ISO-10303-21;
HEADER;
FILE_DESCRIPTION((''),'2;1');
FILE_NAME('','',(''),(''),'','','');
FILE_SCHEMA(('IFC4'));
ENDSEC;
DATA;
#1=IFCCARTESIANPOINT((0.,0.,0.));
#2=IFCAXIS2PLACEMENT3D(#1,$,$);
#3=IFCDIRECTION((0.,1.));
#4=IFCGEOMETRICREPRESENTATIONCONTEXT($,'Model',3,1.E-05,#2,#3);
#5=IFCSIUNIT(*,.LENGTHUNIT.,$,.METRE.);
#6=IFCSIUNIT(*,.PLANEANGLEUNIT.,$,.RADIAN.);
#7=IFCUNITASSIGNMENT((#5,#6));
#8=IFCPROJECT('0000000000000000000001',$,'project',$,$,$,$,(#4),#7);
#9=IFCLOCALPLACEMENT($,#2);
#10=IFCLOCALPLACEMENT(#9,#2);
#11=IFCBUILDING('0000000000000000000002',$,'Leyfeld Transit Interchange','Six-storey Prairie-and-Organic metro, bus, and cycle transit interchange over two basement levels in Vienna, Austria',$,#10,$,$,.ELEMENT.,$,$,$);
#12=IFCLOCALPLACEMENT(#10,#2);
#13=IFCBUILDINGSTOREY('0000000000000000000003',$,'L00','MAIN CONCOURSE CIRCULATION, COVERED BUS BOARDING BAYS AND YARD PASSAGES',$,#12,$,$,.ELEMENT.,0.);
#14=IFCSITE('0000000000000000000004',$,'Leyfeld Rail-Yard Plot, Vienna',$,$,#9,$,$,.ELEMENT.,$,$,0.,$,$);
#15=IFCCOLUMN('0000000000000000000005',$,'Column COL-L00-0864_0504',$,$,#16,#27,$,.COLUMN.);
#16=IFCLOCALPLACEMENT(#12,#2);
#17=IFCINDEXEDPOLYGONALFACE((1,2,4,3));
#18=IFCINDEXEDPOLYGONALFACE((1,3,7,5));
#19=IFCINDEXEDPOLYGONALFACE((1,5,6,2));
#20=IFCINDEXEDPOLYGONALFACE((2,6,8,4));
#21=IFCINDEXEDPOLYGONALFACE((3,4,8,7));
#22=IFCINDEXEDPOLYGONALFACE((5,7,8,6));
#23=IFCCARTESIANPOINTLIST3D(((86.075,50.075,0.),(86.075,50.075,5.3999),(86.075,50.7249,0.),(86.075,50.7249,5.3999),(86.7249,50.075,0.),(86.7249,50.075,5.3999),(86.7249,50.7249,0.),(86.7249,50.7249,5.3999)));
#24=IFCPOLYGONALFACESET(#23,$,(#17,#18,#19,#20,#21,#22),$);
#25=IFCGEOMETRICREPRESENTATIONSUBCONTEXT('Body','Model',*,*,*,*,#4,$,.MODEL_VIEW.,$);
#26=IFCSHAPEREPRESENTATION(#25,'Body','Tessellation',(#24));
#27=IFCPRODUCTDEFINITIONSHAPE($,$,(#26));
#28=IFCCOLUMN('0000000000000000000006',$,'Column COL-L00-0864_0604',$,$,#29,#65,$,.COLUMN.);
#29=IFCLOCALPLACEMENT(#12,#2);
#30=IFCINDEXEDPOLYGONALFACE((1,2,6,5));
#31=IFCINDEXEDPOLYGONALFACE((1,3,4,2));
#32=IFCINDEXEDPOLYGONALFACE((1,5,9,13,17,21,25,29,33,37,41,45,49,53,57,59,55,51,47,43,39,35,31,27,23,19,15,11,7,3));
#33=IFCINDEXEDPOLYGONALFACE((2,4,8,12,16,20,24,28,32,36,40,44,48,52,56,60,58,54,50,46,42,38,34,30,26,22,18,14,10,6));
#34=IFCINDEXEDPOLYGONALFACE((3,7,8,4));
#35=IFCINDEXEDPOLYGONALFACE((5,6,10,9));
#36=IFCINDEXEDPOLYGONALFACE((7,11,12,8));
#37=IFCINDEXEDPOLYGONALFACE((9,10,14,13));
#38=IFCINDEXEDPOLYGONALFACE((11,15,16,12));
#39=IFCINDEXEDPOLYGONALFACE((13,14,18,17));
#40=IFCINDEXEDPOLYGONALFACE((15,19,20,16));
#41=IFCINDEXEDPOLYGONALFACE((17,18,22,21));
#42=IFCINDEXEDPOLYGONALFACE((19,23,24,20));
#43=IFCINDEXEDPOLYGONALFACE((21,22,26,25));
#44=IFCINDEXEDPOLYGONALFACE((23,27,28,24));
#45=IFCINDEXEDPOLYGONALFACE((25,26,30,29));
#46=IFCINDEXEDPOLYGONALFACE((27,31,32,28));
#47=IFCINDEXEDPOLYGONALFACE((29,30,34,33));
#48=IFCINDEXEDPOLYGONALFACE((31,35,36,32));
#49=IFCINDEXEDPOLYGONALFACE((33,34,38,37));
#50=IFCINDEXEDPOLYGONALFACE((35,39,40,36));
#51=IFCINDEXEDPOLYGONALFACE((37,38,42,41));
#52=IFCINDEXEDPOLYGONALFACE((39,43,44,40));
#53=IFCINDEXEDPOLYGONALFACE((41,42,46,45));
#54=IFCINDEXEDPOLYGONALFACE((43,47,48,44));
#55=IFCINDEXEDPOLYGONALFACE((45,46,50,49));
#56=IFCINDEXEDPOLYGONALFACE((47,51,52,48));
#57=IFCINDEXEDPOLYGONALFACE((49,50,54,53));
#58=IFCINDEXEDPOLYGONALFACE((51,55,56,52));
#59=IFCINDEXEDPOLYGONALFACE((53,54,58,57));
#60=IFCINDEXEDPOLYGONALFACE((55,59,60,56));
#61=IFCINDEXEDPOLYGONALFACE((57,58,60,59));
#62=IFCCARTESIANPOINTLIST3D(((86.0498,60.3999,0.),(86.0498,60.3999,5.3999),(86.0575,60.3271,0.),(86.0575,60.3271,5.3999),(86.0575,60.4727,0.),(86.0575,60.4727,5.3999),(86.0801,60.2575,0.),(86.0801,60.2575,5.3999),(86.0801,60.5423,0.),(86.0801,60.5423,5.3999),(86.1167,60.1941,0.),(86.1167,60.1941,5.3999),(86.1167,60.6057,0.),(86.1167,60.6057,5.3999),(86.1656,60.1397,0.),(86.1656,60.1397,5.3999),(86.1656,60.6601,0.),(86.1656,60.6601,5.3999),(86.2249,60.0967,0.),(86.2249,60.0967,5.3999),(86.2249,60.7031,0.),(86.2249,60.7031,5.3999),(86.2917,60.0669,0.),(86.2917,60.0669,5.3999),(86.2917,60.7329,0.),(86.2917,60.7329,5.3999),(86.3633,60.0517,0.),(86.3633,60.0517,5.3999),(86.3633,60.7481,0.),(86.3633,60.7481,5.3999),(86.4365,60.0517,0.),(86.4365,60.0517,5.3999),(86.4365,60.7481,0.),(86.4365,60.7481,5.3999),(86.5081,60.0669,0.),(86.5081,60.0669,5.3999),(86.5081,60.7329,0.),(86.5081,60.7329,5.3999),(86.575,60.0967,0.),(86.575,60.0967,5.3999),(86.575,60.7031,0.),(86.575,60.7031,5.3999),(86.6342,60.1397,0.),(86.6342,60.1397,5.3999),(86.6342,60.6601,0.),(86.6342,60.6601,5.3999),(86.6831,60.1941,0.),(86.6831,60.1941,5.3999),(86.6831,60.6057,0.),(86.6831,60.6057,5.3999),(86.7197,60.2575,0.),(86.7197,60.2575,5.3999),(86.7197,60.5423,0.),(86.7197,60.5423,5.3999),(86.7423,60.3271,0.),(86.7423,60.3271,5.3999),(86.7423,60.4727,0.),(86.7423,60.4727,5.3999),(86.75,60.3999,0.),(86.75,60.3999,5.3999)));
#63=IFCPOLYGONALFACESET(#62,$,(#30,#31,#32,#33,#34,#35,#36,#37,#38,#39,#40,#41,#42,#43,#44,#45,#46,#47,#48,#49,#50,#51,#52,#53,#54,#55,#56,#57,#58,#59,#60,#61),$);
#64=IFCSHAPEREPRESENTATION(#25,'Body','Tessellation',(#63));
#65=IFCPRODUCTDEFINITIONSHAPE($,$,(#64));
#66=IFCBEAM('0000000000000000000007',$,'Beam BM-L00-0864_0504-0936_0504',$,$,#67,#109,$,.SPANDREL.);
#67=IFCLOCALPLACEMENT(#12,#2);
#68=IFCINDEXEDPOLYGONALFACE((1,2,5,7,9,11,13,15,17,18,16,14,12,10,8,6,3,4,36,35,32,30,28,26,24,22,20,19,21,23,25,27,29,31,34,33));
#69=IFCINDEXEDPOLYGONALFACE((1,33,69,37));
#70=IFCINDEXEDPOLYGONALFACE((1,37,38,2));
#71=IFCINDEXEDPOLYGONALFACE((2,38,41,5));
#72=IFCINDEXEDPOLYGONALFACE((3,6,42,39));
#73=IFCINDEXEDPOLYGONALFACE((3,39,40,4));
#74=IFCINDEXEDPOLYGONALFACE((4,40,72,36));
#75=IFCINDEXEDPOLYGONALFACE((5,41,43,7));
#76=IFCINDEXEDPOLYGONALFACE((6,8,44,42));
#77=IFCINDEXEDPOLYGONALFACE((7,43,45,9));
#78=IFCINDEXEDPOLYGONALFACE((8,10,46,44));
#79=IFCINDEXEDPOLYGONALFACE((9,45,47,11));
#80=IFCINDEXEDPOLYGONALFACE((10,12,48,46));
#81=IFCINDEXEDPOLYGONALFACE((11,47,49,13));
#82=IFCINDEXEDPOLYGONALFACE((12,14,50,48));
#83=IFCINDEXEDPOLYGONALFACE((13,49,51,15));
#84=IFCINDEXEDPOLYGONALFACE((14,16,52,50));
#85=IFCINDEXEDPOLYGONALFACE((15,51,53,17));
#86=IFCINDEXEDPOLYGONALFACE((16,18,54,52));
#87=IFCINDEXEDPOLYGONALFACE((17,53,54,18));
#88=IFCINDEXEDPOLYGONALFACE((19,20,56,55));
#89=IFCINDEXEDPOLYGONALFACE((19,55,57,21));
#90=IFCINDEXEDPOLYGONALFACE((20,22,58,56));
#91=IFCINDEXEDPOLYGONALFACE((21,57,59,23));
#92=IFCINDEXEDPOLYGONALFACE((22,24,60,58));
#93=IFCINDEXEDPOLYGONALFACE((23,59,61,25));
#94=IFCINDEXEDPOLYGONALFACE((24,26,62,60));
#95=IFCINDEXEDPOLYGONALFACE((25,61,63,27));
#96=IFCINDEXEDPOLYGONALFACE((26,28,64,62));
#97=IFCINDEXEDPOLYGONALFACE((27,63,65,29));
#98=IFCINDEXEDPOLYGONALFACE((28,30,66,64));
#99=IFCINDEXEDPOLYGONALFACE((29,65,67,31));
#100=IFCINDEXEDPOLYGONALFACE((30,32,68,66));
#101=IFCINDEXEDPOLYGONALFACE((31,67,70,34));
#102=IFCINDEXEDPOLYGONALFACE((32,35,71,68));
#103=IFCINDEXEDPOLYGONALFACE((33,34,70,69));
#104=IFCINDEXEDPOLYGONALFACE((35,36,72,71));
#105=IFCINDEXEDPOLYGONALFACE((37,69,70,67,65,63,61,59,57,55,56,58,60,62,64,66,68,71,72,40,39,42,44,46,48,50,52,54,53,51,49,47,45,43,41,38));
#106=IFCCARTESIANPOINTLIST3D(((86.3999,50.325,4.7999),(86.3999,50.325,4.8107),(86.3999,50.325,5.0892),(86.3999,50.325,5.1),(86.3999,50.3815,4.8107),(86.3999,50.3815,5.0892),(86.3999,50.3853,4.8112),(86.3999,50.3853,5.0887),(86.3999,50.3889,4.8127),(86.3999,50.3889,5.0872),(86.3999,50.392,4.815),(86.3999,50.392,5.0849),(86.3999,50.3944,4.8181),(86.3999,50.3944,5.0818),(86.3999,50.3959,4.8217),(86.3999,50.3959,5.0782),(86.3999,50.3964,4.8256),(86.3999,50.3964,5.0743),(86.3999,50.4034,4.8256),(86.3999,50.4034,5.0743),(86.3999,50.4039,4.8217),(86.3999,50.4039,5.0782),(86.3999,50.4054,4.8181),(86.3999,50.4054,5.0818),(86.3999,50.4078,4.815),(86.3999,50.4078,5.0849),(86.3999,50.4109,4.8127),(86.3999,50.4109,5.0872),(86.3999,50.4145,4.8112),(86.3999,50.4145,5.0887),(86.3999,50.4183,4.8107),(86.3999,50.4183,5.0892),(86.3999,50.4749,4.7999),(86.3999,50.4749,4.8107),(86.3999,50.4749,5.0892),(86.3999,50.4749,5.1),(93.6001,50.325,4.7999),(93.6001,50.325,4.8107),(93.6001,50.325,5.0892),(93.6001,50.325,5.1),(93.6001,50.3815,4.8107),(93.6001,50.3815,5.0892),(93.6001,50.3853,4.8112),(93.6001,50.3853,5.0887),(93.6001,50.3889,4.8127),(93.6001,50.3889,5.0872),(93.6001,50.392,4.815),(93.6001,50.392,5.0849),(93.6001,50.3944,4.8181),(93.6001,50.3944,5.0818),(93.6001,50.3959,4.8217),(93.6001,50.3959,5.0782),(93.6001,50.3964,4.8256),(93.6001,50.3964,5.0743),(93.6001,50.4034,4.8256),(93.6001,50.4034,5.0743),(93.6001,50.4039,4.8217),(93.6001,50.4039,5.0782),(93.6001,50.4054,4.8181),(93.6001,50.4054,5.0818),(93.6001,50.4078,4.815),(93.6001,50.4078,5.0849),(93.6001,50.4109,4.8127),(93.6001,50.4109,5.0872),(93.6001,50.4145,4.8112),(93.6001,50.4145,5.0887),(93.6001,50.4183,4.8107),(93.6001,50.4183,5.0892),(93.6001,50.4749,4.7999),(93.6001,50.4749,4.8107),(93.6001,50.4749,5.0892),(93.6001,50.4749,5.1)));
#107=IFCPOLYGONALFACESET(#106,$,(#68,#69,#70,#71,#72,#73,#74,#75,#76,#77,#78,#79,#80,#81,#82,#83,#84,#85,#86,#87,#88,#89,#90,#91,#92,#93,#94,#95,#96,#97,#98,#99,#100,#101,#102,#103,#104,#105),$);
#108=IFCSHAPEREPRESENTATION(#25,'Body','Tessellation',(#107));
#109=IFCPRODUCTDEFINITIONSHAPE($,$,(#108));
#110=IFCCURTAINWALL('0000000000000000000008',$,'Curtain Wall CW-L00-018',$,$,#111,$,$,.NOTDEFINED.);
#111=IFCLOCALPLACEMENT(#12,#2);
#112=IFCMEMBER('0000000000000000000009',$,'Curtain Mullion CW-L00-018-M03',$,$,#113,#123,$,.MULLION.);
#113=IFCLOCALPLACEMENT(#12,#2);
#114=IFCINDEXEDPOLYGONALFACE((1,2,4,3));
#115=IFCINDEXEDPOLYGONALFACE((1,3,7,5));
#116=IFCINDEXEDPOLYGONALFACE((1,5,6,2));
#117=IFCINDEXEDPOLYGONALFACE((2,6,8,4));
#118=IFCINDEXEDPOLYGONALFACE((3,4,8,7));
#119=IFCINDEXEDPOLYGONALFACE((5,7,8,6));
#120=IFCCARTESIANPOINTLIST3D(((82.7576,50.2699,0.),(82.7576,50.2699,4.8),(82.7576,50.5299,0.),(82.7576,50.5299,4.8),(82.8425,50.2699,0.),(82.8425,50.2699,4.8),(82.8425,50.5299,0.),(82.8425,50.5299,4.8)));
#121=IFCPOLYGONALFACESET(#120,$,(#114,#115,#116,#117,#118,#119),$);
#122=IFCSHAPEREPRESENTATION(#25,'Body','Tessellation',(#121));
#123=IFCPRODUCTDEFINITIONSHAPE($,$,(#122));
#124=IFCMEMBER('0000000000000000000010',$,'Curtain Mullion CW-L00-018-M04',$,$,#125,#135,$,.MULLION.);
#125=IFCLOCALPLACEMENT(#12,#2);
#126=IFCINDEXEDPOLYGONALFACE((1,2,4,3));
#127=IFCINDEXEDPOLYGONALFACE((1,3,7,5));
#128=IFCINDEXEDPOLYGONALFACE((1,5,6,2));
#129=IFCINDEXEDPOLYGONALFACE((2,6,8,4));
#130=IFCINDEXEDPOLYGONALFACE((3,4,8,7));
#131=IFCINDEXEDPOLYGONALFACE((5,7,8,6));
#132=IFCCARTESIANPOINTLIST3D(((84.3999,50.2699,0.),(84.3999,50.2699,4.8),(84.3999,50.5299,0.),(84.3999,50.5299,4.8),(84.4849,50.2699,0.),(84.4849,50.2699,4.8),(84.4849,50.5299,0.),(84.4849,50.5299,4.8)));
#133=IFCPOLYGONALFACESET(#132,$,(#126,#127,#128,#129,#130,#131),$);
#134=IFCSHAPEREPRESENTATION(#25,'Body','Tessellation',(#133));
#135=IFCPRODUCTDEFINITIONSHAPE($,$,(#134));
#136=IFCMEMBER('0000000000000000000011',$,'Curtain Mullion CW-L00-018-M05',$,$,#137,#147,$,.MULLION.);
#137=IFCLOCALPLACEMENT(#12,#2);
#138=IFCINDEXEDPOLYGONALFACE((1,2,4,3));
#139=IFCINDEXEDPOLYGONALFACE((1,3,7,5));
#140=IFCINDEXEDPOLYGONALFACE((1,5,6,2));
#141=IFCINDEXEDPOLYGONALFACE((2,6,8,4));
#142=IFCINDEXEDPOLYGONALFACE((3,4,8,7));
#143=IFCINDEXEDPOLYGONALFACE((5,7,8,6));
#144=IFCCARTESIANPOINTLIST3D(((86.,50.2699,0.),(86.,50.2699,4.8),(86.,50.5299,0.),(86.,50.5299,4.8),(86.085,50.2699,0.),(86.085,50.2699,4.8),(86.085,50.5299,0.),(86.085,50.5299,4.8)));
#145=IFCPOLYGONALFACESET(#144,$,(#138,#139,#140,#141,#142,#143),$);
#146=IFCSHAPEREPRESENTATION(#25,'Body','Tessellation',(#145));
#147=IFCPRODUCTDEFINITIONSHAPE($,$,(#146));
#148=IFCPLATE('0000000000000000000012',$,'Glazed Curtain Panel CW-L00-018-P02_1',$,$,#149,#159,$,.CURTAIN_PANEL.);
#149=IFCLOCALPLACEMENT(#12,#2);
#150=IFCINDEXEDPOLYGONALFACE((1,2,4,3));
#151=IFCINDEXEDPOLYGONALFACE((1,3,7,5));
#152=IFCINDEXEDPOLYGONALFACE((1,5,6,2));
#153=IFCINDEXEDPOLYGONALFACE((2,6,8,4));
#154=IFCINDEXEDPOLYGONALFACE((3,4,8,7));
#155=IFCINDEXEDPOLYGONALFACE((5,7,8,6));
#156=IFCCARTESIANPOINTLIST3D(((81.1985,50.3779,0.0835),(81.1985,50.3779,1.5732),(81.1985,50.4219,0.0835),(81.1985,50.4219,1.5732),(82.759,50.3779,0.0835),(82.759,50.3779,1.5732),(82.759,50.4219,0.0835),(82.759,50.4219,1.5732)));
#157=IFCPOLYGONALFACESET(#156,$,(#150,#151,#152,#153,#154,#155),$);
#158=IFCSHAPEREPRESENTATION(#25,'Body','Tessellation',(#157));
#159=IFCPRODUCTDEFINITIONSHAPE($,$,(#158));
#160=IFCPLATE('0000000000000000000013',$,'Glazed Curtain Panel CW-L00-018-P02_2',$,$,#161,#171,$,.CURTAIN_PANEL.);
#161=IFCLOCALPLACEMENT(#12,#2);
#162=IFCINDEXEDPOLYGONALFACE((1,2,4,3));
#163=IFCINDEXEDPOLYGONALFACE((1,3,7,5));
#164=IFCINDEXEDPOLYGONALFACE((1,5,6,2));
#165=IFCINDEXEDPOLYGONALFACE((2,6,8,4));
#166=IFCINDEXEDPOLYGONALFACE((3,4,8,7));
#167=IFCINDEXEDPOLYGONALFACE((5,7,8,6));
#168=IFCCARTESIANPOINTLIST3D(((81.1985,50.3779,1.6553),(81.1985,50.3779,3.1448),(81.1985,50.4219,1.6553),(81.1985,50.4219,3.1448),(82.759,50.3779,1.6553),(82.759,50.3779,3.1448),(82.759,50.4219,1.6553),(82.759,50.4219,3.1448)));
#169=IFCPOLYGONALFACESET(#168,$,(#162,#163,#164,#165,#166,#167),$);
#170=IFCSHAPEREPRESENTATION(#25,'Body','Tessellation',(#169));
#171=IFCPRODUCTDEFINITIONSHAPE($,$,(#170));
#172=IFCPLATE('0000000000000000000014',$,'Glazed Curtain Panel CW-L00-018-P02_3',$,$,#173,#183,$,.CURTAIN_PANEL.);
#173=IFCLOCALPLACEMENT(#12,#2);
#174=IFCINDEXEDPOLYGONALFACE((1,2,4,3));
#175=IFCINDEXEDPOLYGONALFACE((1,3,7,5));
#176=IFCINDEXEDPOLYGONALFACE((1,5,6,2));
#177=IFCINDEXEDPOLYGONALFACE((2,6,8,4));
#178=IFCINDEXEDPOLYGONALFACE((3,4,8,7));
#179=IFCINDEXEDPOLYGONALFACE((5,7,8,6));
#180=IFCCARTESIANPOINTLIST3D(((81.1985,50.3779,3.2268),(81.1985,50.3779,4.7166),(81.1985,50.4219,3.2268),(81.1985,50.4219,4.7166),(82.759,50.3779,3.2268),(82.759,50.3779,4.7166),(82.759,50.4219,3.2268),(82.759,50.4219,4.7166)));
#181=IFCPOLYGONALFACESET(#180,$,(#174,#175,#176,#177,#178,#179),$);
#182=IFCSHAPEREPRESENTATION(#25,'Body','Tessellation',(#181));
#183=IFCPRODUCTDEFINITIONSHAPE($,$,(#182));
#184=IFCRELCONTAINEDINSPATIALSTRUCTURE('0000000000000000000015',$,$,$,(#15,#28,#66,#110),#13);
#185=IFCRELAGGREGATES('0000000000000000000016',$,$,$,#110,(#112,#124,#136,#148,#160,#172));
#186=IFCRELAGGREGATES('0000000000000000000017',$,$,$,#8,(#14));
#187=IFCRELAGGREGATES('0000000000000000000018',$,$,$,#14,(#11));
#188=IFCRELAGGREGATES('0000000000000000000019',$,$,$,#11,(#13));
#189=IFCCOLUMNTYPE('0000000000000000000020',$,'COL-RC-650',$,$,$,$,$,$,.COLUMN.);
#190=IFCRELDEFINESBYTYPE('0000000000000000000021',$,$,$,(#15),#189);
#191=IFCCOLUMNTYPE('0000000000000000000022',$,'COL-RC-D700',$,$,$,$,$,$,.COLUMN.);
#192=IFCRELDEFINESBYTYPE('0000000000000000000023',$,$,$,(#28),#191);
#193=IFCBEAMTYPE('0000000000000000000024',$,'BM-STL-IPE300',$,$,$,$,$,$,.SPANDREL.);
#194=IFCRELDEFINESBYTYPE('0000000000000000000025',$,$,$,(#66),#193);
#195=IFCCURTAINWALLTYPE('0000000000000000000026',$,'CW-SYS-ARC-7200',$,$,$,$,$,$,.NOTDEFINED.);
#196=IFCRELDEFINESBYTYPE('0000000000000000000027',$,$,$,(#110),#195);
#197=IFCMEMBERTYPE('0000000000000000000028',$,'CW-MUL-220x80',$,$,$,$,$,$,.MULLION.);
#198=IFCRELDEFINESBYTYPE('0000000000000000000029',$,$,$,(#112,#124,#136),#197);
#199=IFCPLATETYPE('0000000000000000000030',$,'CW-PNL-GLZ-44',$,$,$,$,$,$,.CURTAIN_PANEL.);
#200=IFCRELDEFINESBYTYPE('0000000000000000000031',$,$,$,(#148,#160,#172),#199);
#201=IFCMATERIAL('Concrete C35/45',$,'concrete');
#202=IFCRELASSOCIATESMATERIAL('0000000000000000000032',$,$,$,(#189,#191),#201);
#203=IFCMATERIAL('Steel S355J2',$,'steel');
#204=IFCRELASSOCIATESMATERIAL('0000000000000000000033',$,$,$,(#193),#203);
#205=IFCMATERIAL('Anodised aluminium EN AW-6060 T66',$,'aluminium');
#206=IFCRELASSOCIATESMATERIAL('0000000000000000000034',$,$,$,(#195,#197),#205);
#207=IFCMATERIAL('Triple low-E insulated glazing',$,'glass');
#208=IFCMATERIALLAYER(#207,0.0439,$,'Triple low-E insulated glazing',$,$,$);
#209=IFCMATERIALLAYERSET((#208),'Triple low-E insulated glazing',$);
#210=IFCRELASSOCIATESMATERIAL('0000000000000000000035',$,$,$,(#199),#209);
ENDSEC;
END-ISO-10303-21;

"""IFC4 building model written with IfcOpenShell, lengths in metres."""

from ifc_helpers import new_model, si_unit, direction, frame, origin, origin_2d, place, context, subcontext, project, spatial, rectangle, circle, i_section, extrude, material, layer, layer_set, material_profile, profile_set, type_object, element, aggregate, save


model = new_model("IFC4")

# Units and contexts
model_context = context("Model", 3, precision=1e-05, world=origin(), true_north=direction((0.0, 1.0)))
body_context = subcontext(model_context, "Body", "Model", "MODEL_VIEW")
ifc_project = project(units=[si_unit("LENGTHUNIT", "METRE"), si_unit("PLANEANGLEUNIT", "RADIAN")], contexts=[model_context])

# Site, building, storey
site_placement = place(None, origin())
site = spatial("IfcSite", under=ifc_project, at=site_placement, Name="Leyfeld Rail-Yard Plot, Vienna", CompositionType="ELEMENT", RefElevation=0.0)
building_placement = place(site_placement, origin())
building = spatial("IfcBuilding", under=site, at=building_placement, Name="Leyfeld Transit Interchange", Description="Six-storey Prairie-and-Organic metro, bus, and cycle transit interchange over two basement levels in Vienna, Austria", CompositionType="ELEMENT")
storey_placement = place(building_placement, origin())
storey = spatial("IfcBuildingStorey", under=building, at=storey_placement, Name="L00", Description="MAIN CONCOURSE CIRCULATION, COVERED BUS BOARDING BAYS AND YARD PASSAGES", CompositionType="ELEMENT", Elevation=0.0)

# Shared definitions
ifc_material_1 = material(Name="Concrete C35/45", Category="concrete")

# Columns
ifc_material_profile_1 = material_profile(ifc_material_1, rectangle(XDim=0.6499, YDim=0.6499, at=origin_2d()), Name="RC 650x650")
ifc_profile_set_1 = profile_set([ifc_material_profile_1], Name="Concrete C35/45")
column_type_1 = type_object("IfcColumnType", Name="COL-RC-650", PredefinedType="COLUMN", material=ifc_profile_set_1)
column_1_placement = place(storey_placement, frame((86.3999, 50.3999, 0.0), z_axis=(0.0, 0.0, 1.0), x_axis=(1.0, 0.0, 0.0)))
element("IfcColumn", 1, at=column_1_placement, inside=storey, type_object=column_type_1, Name="Column COL-L00-0864_0504", PredefinedType="COLUMN", context=body_context, shape_type="SweptSolid", body=[
    extrude(rectangle(XDim=0.6499, YDim=0.6499, at=origin_2d()), origin(), (0.0, 0.0, 1.0), 5.3999),
])
ifc_material_profile_2 = material_profile(ifc_material_1, circle(Radius=0.3501, at=origin_2d()), Name="RC D700")
ifc_profile_set_2 = profile_set([ifc_material_profile_2], Name="Concrete C35/45")
column_type_2 = type_object("IfcColumnType", Name="COL-RC-D700", PredefinedType="COLUMN", material=ifc_profile_set_2)
column_2_placement = place(storey_placement, frame((86.3999, 60.3999, 0.0), z_axis=(0.0, 0.0, 1.0), x_axis=(1.0, 0.0, 0.0)))
element("IfcColumn", 2, at=column_2_placement, inside=storey, type_object=column_type_2, Name="Column COL-L00-0864_0604", PredefinedType="COLUMN", context=body_context, shape_type="SweptSolid", body=[
    extrude(circle(Radius=0.3501, at=origin_2d()), origin(), (0.0, 0.0, 1.0), 5.3999),
])

# Beam
ifc_material_2 = material(Name="Steel S355J2", Category="steel")
ifc_material_profile_3 = material_profile(ifc_material_2, i_section(OverallWidth=0.1499, OverallDepth=0.3, WebThickness=0.0071, FlangeThickness=0.0107, FilletRadius=0.0149, at=origin_2d()), Name="IPE 300")
ifc_profile_set_3 = profile_set([ifc_material_profile_3], Name="Steel S355J2")
beam_type = type_object("IfcBeamType", Name="BM-STL-IPE300", PredefinedType="SPANDREL", material=ifc_profile_set_3)
beam_placement = place(storey_placement, frame((86.3999, 50.3999, 4.95), z_axis=(1.0, 0.0, 0.0), x_axis=(0.0, 1.0, 0.0)))
element("IfcBeam", 3, at=beam_placement, inside=storey, type_object=beam_type, Name="Beam BM-L00-0864_0504-0936_0504", PredefinedType="SPANDREL", context=body_context, shape_type="SweptSolid", body=[
    extrude(i_section(OverallWidth=0.1499, OverallDepth=0.3, WebThickness=0.0071, FlangeThickness=0.0107, FilletRadius=0.0149, at=origin_2d()), origin(), (0.0, 0.0, 1.0), 7.2002),
])

# Curtain wall, members, plates
ifc_material_3 = material(Name="Anodised aluminium EN AW-6060 T66", Category="aluminium")
curtain_wall_type = type_object("IfcCurtainWallType", Name="CW-SYS-ARC-7200", PredefinedType="NOTDEFINED", material=ifc_material_3)
curtain_wall_placement = place(storey_placement, origin())
curtain_wall = element("IfcCurtainWall", 4, at=curtain_wall_placement, inside=storey, type_object=curtain_wall_type, Name="Curtain Wall CW-L00-018", PredefinedType="NOTDEFINED")
ifc_material_profile_4 = material_profile(ifc_material_3, rectangle(XDim=0.085, YDim=0.26, at=origin_2d()), Name="CW-M 85x260")
ifc_profile_set_4 = profile_set([ifc_material_profile_4], Name="Anodised aluminium EN AW-6060 T66")
member_type = type_object("IfcMemberType", Name="CW-MUL-220x80", PredefinedType="MULLION", material=ifc_profile_set_4)
member_1_placement = place(storey_placement, frame((82.8, 50.3999, 0.0), z_axis=(0.0, 0.0, 1.0), x_axis=(1.0, 0.0, 0.0)))
member_1 = element("IfcMember", 5, at=member_1_placement, type_object=member_type, Name="Curtain Mullion CW-L00-018-M03", PredefinedType="MULLION", context=body_context, shape_type="SweptSolid", body=[
    extrude(rectangle(XDim=0.085, YDim=0.26, at=origin_2d()), origin(), (0.0, 0.0, 1.0), 4.8),
])
member_2_placement = place(storey_placement, frame((84.4424, 50.3999, 0.0), z_axis=(0.0, 0.0, 1.0), x_axis=(1.0, 0.0, 0.0)))
member_2 = element("IfcMember", 6, at=member_2_placement, type_object=member_type, Name="Curtain Mullion CW-L00-018-M04", PredefinedType="MULLION", context=body_context, shape_type="SweptSolid", body=[
    extrude(rectangle(XDim=0.085, YDim=0.26, at=origin_2d()), origin(), (0.0, 0.0, 1.0), 4.8),
])
member_3_placement = place(storey_placement, frame((86.0425, 50.3999, 0.0), z_axis=(0.0, 0.0, 1.0), x_axis=(1.0, 0.0, 0.0)))
member_3 = element("IfcMember", 7, at=member_3_placement, type_object=member_type, Name="Curtain Mullion CW-L00-018-M05", PredefinedType="MULLION", context=body_context, shape_type="SweptSolid", body=[
    extrude(rectangle(XDim=0.085, YDim=0.26, at=origin_2d()), origin(), (0.0, 0.0, 1.0), 4.8),
])
ifc_material_4 = material(Name="Triple low-E insulated glazing", Category="glass")
ifc_layer_1 = layer(ifc_material_4, 0.0439, Name="Triple low-E insulated glazing")
ifc_layer_set_1 = layer_set([ifc_layer_1], Name="Triple low-E insulated glazing")
plate_type_1 = type_object("IfcPlateType", Name="CW-PNL-GLZ-44", PredefinedType="CURTAIN_PANEL", material=ifc_layer_set_1)
plate_1_placement = place(storey_placement, frame((81.9788, 50.3999, 0.0835), z_axis=(0.0, 0.0, 1.0), x_axis=(1.0, 0.0, 0.0)))
plate_1 = element("IfcPlate", 8, at=plate_1_placement, type_object=plate_type_1, Name="Glazed Curtain Panel CW-L00-018-P02_1", PredefinedType="CURTAIN_PANEL", context=body_context, shape_type="SweptSolid", body=[
    extrude(rectangle(XDim=1.5605, YDim=0.0439, at=origin_2d()), origin(), (0.0, 0.0, 1.0), 1.4897),
])
plate_2_placement = place(storey_placement, frame((81.9788, 50.3999, 1.6553), z_axis=(0.0, 0.0, 1.0), x_axis=(1.0, 0.0, 0.0)))
plate_2 = element("IfcPlate", 9, at=plate_2_placement, type_object=plate_type_1, Name="Glazed Curtain Panel CW-L00-018-P02_2", PredefinedType="CURTAIN_PANEL", context=body_context, shape_type="SweptSolid", body=[
    extrude(rectangle(XDim=1.5605, YDim=0.0439, at=origin_2d()), origin(), (0.0, 0.0, 1.0), 1.4895),
])
plate_3_placement = place(storey_placement, frame((81.9788, 50.3999, 3.2268), z_axis=(0.0, 0.0, 1.0), x_axis=(1.0, 0.0, 0.0)))
plate_3 = element("IfcPlate", 10, at=plate_3_placement, type_object=plate_type_1, Name="Glazed Curtain Panel CW-L00-018-P02_3", PredefinedType="CURTAIN_PANEL", context=body_context, shape_type="SweptSolid", body=[
    extrude(rectangle(XDim=1.5605, YDim=0.0439, at=origin_2d()), origin(), (0.0, 0.0, 1.0), 1.4897),
])
aggregate(curtain_wall, [member_1, member_2, member_3, plate_1, plate_2, plate_3])

save(model, "model.ifc")
